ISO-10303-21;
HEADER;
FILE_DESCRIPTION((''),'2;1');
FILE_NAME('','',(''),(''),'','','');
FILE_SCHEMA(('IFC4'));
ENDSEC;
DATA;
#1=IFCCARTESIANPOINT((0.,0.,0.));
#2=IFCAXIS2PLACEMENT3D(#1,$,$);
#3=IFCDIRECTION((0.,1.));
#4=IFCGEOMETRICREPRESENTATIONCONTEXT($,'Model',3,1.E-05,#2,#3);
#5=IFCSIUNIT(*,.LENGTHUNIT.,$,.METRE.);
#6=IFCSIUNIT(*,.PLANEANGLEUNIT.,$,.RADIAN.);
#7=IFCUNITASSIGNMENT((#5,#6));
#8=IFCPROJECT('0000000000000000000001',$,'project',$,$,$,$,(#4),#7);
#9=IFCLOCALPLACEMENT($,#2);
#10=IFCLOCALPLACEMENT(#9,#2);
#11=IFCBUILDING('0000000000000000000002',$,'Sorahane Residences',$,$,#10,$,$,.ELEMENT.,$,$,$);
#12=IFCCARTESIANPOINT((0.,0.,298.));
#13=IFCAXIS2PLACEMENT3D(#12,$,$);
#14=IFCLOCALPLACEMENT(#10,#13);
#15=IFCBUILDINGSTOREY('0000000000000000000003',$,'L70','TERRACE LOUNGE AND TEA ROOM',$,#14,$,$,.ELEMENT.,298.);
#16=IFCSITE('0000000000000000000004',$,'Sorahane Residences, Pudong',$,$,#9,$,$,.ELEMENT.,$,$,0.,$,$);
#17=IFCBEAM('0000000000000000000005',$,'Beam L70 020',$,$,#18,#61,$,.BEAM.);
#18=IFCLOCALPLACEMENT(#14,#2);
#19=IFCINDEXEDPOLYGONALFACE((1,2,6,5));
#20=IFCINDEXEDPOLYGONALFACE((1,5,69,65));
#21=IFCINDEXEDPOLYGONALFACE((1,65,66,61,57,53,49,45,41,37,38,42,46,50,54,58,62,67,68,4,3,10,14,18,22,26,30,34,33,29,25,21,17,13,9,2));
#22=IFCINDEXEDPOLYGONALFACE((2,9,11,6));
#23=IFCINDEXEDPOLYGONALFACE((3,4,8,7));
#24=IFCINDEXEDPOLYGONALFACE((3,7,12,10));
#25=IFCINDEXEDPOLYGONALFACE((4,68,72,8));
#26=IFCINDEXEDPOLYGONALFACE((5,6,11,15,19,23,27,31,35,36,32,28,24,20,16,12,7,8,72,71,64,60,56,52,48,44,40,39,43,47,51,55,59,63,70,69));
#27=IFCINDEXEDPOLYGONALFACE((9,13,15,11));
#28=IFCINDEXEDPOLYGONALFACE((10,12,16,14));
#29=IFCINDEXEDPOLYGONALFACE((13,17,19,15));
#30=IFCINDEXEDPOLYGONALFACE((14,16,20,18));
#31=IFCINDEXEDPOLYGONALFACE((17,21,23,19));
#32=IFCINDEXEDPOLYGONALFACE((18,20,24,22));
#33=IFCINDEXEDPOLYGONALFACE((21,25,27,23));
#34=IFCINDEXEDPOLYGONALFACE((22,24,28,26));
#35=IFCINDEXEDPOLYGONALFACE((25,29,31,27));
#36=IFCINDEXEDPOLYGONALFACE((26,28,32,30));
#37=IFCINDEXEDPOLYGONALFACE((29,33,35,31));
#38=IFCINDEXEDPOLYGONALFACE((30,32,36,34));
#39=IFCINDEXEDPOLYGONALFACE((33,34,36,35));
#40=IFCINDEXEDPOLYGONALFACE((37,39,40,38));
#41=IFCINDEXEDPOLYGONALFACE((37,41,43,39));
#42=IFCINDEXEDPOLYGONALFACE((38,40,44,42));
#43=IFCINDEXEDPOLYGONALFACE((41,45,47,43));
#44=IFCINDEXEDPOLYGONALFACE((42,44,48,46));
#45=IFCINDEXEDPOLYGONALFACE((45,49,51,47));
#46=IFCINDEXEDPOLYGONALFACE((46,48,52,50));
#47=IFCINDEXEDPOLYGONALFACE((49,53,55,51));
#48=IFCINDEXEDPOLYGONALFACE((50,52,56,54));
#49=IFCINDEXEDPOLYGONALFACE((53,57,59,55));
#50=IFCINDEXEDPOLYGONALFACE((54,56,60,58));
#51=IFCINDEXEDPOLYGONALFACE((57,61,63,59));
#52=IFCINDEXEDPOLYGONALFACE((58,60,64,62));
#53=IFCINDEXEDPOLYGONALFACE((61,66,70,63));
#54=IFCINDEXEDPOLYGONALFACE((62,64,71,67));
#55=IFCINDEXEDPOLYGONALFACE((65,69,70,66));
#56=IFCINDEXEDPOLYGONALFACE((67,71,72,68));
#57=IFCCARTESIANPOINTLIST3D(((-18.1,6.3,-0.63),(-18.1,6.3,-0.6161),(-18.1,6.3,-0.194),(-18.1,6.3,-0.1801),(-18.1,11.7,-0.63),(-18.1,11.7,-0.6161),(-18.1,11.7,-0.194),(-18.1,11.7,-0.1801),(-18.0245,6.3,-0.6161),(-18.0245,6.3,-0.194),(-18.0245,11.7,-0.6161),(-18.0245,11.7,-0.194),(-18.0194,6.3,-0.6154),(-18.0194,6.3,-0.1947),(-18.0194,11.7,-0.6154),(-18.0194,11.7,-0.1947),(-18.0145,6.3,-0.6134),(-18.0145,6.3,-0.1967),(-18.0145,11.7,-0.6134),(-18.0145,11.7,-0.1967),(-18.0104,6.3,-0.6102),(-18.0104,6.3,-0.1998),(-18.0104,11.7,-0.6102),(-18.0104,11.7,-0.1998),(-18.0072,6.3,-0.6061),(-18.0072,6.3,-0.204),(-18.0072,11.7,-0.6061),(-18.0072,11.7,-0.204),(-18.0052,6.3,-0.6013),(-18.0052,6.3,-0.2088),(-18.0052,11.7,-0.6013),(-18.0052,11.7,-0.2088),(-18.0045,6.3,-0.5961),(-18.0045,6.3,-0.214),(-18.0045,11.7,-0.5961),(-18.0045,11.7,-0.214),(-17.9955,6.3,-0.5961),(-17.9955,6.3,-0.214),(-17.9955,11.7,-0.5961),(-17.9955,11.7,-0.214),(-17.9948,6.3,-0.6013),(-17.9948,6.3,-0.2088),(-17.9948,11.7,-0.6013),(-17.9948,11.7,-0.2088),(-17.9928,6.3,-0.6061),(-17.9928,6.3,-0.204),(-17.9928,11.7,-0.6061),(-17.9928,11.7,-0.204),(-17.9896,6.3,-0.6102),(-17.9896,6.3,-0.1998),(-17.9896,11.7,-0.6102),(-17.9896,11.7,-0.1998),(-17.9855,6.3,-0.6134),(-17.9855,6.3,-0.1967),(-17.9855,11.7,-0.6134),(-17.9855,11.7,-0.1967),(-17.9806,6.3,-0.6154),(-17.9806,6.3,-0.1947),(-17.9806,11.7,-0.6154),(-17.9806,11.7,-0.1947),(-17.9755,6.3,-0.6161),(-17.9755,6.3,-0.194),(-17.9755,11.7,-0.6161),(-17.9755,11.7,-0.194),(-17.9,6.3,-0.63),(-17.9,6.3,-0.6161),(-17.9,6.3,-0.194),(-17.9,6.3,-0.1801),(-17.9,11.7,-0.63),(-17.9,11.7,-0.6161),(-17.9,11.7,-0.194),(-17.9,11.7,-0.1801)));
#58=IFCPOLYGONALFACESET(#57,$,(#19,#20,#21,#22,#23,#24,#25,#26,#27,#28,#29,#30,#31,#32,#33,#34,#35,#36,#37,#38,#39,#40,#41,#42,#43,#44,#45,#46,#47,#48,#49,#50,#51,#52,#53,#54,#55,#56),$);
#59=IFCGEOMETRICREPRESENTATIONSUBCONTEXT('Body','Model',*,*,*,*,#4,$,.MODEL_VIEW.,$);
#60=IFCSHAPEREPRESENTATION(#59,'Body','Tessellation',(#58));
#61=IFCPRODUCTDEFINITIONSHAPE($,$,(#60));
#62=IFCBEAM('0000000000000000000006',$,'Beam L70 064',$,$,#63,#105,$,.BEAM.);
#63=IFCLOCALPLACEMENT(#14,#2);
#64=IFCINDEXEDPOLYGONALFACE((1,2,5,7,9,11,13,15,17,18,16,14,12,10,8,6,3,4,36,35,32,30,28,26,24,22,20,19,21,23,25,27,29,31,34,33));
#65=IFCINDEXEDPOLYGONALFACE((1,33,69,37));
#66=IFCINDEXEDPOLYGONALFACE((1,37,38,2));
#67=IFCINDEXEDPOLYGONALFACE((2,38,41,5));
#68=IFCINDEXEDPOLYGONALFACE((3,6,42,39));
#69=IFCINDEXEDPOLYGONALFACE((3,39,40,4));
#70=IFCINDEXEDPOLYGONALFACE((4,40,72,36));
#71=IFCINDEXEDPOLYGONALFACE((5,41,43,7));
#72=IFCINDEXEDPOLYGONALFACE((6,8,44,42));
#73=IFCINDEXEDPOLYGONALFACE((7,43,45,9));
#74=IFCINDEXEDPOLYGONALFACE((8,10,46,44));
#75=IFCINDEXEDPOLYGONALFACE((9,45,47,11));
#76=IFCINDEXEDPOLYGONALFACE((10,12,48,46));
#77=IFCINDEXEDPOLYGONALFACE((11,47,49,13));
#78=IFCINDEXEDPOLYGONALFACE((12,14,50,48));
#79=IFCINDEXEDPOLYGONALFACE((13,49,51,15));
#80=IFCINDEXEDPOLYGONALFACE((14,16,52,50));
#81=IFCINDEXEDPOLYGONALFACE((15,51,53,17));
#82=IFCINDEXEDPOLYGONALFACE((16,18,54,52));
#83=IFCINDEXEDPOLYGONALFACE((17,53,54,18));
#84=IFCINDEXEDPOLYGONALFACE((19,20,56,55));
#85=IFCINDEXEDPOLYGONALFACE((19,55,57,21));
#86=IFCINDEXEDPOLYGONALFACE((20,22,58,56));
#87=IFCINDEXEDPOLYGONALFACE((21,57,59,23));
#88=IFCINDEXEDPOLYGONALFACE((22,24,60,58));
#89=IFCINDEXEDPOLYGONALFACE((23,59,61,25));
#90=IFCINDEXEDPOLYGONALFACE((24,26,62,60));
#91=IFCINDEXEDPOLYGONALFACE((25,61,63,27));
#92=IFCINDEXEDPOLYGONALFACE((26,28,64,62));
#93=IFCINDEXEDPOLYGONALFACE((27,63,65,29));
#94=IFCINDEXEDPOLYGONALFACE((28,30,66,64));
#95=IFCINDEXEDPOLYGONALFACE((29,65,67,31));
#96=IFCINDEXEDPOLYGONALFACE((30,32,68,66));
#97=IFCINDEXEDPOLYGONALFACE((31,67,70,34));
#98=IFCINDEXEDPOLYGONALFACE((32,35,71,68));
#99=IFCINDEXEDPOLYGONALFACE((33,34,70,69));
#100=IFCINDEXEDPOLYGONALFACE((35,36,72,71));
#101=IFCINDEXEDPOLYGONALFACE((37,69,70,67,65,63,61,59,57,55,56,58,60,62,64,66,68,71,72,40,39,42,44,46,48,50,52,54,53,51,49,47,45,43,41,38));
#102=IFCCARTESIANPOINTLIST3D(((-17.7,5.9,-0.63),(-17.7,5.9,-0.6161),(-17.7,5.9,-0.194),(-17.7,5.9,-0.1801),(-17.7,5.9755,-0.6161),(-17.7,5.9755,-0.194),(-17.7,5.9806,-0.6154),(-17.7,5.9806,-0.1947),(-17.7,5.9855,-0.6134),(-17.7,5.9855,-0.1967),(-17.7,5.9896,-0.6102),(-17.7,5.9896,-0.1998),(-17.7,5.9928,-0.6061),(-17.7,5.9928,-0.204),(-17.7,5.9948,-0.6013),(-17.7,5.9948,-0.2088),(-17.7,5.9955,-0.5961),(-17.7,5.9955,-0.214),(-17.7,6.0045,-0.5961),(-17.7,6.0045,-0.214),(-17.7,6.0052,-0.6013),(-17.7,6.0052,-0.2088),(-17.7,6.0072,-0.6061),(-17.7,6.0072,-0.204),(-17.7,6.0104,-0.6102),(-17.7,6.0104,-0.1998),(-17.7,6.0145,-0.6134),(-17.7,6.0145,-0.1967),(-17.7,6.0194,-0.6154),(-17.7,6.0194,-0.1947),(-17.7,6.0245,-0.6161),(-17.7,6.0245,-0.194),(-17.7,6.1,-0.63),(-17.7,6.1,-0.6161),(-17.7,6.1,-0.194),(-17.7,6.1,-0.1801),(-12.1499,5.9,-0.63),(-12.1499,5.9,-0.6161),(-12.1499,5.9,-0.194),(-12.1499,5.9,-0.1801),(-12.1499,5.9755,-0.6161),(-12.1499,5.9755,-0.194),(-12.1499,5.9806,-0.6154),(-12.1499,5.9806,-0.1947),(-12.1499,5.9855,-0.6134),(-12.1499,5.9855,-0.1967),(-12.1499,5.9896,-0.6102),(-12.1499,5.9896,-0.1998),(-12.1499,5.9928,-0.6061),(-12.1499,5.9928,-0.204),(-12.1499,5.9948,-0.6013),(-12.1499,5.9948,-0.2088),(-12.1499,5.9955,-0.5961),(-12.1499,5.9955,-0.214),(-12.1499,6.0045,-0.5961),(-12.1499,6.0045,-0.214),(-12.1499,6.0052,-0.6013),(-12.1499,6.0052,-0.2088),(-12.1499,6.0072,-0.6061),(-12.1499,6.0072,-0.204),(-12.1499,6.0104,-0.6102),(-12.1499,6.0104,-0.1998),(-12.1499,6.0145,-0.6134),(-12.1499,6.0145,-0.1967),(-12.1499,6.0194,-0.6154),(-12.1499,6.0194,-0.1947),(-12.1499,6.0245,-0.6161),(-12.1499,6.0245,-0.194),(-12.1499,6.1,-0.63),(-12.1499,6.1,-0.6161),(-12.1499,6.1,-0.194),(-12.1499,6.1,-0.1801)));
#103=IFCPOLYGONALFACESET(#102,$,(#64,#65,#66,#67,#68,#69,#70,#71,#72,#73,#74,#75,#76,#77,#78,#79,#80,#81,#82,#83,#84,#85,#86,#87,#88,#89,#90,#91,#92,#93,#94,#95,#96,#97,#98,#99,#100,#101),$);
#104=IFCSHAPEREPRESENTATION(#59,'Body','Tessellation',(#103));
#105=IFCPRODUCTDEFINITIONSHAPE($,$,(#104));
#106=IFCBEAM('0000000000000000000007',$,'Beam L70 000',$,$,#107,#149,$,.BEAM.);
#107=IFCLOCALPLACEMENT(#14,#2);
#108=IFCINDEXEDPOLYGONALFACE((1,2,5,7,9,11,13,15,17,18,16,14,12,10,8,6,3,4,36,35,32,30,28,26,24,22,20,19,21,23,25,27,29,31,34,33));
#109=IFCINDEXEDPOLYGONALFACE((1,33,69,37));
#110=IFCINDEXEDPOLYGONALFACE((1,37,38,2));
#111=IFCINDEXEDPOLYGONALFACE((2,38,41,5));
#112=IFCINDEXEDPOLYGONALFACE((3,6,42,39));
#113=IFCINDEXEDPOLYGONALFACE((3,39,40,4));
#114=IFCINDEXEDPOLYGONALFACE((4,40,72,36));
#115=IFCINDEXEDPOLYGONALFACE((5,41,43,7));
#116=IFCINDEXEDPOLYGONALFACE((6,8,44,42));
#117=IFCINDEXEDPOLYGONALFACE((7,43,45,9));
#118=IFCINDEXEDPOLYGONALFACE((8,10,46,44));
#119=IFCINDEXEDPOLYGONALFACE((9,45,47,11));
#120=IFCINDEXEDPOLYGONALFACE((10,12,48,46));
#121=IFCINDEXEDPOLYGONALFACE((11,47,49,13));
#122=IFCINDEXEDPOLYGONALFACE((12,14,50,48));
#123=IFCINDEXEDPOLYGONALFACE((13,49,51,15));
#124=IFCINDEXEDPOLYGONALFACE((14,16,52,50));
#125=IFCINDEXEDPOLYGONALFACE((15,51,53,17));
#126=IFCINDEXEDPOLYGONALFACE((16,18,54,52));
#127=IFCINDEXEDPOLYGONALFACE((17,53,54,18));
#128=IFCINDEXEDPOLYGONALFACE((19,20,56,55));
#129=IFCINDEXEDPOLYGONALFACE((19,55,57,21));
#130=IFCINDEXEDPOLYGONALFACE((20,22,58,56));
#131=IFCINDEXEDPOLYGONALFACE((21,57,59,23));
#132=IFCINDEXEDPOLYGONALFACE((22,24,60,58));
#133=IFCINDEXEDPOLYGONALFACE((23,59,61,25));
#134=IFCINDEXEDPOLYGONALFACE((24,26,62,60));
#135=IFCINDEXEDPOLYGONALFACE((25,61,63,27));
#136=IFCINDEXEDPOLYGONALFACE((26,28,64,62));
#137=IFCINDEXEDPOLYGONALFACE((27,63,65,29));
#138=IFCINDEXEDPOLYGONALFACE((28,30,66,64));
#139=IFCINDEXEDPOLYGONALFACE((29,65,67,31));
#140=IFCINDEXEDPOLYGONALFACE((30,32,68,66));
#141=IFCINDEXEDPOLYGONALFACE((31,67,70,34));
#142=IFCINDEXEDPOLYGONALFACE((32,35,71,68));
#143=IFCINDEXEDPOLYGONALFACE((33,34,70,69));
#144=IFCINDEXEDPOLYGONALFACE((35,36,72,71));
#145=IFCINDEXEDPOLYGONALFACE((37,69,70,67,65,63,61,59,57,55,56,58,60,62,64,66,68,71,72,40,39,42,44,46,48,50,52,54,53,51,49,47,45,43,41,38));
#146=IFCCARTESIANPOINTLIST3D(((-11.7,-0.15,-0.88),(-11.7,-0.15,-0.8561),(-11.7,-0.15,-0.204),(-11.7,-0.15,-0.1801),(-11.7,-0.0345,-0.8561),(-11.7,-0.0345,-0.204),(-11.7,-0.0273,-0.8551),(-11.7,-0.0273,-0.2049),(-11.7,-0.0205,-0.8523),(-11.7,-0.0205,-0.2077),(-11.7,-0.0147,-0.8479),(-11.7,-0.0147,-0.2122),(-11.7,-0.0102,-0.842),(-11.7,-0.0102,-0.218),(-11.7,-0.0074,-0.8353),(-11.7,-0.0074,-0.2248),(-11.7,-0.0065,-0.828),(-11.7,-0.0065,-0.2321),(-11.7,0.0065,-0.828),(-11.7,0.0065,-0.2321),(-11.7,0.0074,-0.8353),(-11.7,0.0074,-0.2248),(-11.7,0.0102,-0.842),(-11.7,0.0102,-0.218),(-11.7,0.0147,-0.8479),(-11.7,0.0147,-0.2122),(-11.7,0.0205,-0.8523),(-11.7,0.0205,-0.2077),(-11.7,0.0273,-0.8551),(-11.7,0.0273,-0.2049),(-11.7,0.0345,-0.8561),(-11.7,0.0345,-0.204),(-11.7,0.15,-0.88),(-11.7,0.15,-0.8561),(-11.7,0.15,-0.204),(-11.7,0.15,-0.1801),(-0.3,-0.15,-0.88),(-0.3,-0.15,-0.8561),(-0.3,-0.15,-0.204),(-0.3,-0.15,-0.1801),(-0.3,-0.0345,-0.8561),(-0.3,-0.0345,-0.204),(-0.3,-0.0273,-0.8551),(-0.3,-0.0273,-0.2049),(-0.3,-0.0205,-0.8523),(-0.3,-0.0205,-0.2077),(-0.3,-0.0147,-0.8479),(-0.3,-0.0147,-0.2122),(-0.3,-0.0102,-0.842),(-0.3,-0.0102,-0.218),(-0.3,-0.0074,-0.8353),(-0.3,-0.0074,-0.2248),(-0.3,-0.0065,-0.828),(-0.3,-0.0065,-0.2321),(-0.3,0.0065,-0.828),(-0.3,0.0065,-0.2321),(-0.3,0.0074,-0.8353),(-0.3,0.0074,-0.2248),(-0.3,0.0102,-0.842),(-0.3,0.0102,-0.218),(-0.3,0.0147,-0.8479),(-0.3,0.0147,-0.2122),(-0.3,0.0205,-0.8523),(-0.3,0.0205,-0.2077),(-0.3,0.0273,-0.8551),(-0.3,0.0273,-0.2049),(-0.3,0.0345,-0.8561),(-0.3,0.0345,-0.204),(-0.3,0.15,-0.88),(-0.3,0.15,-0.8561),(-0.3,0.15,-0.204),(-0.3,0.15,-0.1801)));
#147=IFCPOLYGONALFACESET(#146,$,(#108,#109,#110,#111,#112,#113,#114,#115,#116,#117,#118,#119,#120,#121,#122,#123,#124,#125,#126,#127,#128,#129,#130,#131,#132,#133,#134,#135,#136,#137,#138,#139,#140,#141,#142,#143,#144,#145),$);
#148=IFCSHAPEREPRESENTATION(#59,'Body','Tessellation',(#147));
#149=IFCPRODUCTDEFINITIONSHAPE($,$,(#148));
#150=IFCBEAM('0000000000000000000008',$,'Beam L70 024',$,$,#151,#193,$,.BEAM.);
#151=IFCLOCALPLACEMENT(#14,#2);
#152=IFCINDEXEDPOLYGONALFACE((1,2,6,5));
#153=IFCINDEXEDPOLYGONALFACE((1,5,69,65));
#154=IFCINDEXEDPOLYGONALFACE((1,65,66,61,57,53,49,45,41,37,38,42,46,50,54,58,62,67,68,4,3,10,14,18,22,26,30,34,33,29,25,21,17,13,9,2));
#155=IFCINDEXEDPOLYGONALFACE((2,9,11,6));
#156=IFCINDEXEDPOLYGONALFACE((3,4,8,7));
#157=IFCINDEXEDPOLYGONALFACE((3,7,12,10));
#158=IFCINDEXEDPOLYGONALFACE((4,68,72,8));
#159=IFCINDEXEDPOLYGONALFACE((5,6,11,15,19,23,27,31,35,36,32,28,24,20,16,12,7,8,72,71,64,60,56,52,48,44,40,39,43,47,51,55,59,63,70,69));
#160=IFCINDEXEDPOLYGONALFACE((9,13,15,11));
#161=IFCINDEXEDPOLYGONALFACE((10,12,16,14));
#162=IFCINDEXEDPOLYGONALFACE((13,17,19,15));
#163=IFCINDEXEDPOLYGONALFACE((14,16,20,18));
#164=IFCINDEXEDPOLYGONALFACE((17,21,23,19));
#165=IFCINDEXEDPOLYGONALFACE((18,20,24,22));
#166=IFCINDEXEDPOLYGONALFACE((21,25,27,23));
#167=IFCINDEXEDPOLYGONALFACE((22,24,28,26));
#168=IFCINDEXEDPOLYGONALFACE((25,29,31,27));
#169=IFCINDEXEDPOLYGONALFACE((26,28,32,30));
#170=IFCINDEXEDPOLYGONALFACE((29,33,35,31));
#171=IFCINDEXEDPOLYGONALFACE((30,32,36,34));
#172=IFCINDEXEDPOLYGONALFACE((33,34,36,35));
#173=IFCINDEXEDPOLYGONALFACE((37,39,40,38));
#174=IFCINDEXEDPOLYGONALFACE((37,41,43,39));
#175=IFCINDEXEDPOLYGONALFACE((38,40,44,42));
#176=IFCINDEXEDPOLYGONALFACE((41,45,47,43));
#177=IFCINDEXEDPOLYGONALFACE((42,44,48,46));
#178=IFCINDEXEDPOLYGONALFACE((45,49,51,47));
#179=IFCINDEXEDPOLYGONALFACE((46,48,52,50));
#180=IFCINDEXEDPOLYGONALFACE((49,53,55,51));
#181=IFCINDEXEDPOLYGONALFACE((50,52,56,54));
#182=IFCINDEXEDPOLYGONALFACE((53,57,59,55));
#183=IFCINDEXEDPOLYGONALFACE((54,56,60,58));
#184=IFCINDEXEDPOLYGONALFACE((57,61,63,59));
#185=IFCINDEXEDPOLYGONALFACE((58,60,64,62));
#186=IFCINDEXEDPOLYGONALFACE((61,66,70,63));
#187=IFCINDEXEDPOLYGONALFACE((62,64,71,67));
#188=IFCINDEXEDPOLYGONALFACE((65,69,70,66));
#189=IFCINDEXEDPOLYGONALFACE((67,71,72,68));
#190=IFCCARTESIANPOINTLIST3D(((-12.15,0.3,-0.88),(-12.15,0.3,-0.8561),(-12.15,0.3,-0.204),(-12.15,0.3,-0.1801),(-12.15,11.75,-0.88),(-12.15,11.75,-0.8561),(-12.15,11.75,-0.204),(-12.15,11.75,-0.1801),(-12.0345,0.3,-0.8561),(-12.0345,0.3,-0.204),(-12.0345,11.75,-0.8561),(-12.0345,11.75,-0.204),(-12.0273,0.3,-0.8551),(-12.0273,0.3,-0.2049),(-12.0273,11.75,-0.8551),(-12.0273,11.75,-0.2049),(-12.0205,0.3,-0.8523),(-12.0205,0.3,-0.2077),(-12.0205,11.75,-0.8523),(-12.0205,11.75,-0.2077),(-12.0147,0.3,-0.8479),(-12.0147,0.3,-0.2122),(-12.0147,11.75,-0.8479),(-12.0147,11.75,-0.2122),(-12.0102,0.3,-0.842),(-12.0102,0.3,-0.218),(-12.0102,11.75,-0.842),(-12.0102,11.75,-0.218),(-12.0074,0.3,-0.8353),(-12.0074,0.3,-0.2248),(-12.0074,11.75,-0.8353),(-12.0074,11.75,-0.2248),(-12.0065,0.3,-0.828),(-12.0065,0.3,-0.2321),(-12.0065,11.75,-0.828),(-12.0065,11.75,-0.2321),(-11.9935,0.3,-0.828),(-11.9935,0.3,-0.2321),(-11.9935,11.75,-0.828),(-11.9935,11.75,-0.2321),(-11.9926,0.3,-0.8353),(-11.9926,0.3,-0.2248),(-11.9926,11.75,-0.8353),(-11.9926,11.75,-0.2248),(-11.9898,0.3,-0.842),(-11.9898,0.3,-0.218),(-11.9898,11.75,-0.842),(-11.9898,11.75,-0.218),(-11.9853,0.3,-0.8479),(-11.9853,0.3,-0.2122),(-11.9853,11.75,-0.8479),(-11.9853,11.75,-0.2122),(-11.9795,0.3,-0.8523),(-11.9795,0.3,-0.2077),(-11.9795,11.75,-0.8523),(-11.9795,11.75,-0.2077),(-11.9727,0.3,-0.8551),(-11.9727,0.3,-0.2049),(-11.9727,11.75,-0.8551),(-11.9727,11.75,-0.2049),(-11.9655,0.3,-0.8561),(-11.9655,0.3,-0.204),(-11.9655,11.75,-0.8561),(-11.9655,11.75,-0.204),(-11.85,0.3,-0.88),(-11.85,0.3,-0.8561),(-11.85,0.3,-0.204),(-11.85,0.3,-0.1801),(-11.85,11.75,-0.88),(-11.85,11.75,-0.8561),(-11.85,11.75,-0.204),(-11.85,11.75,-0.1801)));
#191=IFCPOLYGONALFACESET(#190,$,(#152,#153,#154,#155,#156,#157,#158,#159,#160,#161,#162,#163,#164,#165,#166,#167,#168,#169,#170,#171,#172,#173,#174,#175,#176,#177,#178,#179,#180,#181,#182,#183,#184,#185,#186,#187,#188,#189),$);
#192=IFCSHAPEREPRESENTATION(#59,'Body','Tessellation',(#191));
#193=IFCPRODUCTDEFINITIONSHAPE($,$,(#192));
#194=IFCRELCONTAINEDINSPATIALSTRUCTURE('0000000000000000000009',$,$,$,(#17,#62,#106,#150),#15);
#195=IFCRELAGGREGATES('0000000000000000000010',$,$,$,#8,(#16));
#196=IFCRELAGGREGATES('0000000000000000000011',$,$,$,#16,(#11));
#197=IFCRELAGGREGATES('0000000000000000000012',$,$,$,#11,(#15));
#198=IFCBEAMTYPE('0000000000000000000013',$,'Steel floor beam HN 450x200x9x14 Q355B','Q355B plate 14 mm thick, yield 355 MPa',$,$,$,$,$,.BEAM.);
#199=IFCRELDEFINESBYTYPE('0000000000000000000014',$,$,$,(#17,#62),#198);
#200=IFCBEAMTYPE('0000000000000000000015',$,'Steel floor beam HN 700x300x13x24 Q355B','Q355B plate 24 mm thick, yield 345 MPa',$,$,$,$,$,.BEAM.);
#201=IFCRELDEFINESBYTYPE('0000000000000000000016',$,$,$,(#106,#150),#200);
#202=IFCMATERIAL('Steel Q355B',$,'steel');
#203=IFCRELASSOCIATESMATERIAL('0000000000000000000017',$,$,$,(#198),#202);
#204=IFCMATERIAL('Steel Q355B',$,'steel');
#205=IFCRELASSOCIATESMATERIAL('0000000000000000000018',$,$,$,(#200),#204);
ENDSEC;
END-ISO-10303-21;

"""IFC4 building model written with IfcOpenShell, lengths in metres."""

from ifc_helpers import new_model, si_unit, direction, frame, origin, origin_2d, place, context, subcontext, project, spatial, i_section, extrude, material, material_profile, profile_set, type_object, element, save


model = new_model("IFC4")

# Units and contexts
model_context = context("Model", 3, precision=1e-05, world=origin(), true_north=direction((0.0, 1.0)))
body_context = subcontext(model_context, "Body", "Model", "MODEL_VIEW")
ifc_project = project(units=[si_unit("LENGTHUNIT", "METRE"), si_unit("PLANEANGLEUNIT", "RADIAN")], contexts=[model_context])

# Site, building, storey
site_placement = place(None, origin())
site = spatial("IfcSite", under=ifc_project, at=site_placement, Name="Sorahane Residences, Pudong", CompositionType="ELEMENT", RefElevation=0.0)
building_placement = place(site_placement, origin())
building = spatial("IfcBuilding", under=site, at=building_placement, Name="Sorahane Residences", CompositionType="ELEMENT")
storey_placement = place(building_placement, frame((0.0, 0.0, 298.0)))
storey = spatial("IfcBuildingStorey", under=building, at=storey_placement, Name="L70", Description="TERRACE LOUNGE AND TEA ROOM", CompositionType="ELEMENT", Elevation=298.0)

# Beams
ifc_material_1 = material(Name="Steel Q355B", Category="steel")
ifc_material_profile_1 = material_profile(ifc_material_1, i_section(OverallWidth=0.2, OverallDepth=0.45, WebThickness=0.009, FlangeThickness=0.0139, FilletRadius=0.02, at=origin_2d()), Name="HN 450x200x9x14")
ifc_profile_set_1 = profile_set([ifc_material_profile_1], Name="Steel Q355B")
beam_type_1 = type_object("IfcBeamType", Name="Steel floor beam HN 450x200x9x14 Q355B", Description="Q355B plate 14 mm thick, yield 355 MPa", PredefinedType="BEAM", material=ifc_profile_set_1)
beam_1_placement = place(storey_placement, frame((-18.0, 6.3, -0.405), z_axis=(0.0, 1.0, 0.0), x_axis=(-1.0, 0.0, 0.0)))
element("IfcBeam", 1, at=beam_1_placement, inside=storey, type_object=beam_type_1, Name="Beam L70 020", PredefinedType="BEAM", context=body_context, shape_type="SweptSolid", body=[
    extrude(i_section(OverallWidth=0.2, OverallDepth=0.45, WebThickness=0.009, FlangeThickness=0.0139, FilletRadius=0.02, at=origin_2d()), origin(), (0.0, 0.0, 1.0), 5.3999),
])
beam_2_placement = place(storey_placement, frame((-17.7, 6.0, -0.405), z_axis=(1.0, 0.0, 0.0), x_axis=(0.0, 1.0, 0.0)))
element("IfcBeam", 2, at=beam_2_placement, inside=storey, type_object=beam_type_1, Name="Beam L70 064", PredefinedType="BEAM", context=body_context, shape_type="SweptSolid", body=[
    extrude(i_section(OverallWidth=0.2, OverallDepth=0.45, WebThickness=0.009, FlangeThickness=0.0139, FilletRadius=0.02, at=origin_2d()), origin(), (0.0, 0.0, 1.0), 5.55),
])
ifc_material_2 = material(Name="Steel Q355B", Category="steel")
ifc_material_profile_2 = material_profile(ifc_material_2, i_section(OverallWidth=0.3, OverallDepth=0.7, WebThickness=0.0129, FlangeThickness=0.0239, FilletRadius=0.0281, at=origin_2d()), Name="HN 700x300x13x24")
ifc_profile_set_2 = profile_set([ifc_material_profile_2], Name="Steel Q355B")
beam_type_2 = type_object("IfcBeamType", Name="Steel floor beam HN 700x300x13x24 Q355B", Description="Q355B plate 24 mm thick, yield 345 MPa", PredefinedType="BEAM", material=ifc_profile_set_2)
beam_3_placement = place(storey_placement, frame((-11.7, 0.0, -0.53), z_axis=(1.0, 0.0, 0.0), x_axis=(0.0, 1.0, 0.0)))
element("IfcBeam", 3, at=beam_3_placement, inside=storey, type_object=beam_type_2, Name="Beam L70 000", PredefinedType="BEAM", context=body_context, shape_type="SweptSolid", body=[
    extrude(i_section(OverallWidth=0.3, OverallDepth=0.7, WebThickness=0.0129, FlangeThickness=0.0239, FilletRadius=0.0281, at=origin_2d()), origin(), (0.0, 0.0, 1.0), 11.3999),
])
beam_4_placement = place(storey_placement, frame((-12.0, 0.3, -0.53), z_axis=(0.0, 1.0, 0.0), x_axis=(-1.0, 0.0, 0.0)))
element("IfcBeam", 4, at=beam_4_placement, inside=storey, type_object=beam_type_2, Name="Beam L70 024", PredefinedType="BEAM", context=body_context, shape_type="SweptSolid", body=[
    extrude(i_section(OverallWidth=0.3, OverallDepth=0.7, WebThickness=0.0129, FlangeThickness=0.0239, FilletRadius=0.0281, at=origin_2d()), origin(), (0.0, 0.0, 1.0), 11.45),
])

save(model, "model.ifc")
